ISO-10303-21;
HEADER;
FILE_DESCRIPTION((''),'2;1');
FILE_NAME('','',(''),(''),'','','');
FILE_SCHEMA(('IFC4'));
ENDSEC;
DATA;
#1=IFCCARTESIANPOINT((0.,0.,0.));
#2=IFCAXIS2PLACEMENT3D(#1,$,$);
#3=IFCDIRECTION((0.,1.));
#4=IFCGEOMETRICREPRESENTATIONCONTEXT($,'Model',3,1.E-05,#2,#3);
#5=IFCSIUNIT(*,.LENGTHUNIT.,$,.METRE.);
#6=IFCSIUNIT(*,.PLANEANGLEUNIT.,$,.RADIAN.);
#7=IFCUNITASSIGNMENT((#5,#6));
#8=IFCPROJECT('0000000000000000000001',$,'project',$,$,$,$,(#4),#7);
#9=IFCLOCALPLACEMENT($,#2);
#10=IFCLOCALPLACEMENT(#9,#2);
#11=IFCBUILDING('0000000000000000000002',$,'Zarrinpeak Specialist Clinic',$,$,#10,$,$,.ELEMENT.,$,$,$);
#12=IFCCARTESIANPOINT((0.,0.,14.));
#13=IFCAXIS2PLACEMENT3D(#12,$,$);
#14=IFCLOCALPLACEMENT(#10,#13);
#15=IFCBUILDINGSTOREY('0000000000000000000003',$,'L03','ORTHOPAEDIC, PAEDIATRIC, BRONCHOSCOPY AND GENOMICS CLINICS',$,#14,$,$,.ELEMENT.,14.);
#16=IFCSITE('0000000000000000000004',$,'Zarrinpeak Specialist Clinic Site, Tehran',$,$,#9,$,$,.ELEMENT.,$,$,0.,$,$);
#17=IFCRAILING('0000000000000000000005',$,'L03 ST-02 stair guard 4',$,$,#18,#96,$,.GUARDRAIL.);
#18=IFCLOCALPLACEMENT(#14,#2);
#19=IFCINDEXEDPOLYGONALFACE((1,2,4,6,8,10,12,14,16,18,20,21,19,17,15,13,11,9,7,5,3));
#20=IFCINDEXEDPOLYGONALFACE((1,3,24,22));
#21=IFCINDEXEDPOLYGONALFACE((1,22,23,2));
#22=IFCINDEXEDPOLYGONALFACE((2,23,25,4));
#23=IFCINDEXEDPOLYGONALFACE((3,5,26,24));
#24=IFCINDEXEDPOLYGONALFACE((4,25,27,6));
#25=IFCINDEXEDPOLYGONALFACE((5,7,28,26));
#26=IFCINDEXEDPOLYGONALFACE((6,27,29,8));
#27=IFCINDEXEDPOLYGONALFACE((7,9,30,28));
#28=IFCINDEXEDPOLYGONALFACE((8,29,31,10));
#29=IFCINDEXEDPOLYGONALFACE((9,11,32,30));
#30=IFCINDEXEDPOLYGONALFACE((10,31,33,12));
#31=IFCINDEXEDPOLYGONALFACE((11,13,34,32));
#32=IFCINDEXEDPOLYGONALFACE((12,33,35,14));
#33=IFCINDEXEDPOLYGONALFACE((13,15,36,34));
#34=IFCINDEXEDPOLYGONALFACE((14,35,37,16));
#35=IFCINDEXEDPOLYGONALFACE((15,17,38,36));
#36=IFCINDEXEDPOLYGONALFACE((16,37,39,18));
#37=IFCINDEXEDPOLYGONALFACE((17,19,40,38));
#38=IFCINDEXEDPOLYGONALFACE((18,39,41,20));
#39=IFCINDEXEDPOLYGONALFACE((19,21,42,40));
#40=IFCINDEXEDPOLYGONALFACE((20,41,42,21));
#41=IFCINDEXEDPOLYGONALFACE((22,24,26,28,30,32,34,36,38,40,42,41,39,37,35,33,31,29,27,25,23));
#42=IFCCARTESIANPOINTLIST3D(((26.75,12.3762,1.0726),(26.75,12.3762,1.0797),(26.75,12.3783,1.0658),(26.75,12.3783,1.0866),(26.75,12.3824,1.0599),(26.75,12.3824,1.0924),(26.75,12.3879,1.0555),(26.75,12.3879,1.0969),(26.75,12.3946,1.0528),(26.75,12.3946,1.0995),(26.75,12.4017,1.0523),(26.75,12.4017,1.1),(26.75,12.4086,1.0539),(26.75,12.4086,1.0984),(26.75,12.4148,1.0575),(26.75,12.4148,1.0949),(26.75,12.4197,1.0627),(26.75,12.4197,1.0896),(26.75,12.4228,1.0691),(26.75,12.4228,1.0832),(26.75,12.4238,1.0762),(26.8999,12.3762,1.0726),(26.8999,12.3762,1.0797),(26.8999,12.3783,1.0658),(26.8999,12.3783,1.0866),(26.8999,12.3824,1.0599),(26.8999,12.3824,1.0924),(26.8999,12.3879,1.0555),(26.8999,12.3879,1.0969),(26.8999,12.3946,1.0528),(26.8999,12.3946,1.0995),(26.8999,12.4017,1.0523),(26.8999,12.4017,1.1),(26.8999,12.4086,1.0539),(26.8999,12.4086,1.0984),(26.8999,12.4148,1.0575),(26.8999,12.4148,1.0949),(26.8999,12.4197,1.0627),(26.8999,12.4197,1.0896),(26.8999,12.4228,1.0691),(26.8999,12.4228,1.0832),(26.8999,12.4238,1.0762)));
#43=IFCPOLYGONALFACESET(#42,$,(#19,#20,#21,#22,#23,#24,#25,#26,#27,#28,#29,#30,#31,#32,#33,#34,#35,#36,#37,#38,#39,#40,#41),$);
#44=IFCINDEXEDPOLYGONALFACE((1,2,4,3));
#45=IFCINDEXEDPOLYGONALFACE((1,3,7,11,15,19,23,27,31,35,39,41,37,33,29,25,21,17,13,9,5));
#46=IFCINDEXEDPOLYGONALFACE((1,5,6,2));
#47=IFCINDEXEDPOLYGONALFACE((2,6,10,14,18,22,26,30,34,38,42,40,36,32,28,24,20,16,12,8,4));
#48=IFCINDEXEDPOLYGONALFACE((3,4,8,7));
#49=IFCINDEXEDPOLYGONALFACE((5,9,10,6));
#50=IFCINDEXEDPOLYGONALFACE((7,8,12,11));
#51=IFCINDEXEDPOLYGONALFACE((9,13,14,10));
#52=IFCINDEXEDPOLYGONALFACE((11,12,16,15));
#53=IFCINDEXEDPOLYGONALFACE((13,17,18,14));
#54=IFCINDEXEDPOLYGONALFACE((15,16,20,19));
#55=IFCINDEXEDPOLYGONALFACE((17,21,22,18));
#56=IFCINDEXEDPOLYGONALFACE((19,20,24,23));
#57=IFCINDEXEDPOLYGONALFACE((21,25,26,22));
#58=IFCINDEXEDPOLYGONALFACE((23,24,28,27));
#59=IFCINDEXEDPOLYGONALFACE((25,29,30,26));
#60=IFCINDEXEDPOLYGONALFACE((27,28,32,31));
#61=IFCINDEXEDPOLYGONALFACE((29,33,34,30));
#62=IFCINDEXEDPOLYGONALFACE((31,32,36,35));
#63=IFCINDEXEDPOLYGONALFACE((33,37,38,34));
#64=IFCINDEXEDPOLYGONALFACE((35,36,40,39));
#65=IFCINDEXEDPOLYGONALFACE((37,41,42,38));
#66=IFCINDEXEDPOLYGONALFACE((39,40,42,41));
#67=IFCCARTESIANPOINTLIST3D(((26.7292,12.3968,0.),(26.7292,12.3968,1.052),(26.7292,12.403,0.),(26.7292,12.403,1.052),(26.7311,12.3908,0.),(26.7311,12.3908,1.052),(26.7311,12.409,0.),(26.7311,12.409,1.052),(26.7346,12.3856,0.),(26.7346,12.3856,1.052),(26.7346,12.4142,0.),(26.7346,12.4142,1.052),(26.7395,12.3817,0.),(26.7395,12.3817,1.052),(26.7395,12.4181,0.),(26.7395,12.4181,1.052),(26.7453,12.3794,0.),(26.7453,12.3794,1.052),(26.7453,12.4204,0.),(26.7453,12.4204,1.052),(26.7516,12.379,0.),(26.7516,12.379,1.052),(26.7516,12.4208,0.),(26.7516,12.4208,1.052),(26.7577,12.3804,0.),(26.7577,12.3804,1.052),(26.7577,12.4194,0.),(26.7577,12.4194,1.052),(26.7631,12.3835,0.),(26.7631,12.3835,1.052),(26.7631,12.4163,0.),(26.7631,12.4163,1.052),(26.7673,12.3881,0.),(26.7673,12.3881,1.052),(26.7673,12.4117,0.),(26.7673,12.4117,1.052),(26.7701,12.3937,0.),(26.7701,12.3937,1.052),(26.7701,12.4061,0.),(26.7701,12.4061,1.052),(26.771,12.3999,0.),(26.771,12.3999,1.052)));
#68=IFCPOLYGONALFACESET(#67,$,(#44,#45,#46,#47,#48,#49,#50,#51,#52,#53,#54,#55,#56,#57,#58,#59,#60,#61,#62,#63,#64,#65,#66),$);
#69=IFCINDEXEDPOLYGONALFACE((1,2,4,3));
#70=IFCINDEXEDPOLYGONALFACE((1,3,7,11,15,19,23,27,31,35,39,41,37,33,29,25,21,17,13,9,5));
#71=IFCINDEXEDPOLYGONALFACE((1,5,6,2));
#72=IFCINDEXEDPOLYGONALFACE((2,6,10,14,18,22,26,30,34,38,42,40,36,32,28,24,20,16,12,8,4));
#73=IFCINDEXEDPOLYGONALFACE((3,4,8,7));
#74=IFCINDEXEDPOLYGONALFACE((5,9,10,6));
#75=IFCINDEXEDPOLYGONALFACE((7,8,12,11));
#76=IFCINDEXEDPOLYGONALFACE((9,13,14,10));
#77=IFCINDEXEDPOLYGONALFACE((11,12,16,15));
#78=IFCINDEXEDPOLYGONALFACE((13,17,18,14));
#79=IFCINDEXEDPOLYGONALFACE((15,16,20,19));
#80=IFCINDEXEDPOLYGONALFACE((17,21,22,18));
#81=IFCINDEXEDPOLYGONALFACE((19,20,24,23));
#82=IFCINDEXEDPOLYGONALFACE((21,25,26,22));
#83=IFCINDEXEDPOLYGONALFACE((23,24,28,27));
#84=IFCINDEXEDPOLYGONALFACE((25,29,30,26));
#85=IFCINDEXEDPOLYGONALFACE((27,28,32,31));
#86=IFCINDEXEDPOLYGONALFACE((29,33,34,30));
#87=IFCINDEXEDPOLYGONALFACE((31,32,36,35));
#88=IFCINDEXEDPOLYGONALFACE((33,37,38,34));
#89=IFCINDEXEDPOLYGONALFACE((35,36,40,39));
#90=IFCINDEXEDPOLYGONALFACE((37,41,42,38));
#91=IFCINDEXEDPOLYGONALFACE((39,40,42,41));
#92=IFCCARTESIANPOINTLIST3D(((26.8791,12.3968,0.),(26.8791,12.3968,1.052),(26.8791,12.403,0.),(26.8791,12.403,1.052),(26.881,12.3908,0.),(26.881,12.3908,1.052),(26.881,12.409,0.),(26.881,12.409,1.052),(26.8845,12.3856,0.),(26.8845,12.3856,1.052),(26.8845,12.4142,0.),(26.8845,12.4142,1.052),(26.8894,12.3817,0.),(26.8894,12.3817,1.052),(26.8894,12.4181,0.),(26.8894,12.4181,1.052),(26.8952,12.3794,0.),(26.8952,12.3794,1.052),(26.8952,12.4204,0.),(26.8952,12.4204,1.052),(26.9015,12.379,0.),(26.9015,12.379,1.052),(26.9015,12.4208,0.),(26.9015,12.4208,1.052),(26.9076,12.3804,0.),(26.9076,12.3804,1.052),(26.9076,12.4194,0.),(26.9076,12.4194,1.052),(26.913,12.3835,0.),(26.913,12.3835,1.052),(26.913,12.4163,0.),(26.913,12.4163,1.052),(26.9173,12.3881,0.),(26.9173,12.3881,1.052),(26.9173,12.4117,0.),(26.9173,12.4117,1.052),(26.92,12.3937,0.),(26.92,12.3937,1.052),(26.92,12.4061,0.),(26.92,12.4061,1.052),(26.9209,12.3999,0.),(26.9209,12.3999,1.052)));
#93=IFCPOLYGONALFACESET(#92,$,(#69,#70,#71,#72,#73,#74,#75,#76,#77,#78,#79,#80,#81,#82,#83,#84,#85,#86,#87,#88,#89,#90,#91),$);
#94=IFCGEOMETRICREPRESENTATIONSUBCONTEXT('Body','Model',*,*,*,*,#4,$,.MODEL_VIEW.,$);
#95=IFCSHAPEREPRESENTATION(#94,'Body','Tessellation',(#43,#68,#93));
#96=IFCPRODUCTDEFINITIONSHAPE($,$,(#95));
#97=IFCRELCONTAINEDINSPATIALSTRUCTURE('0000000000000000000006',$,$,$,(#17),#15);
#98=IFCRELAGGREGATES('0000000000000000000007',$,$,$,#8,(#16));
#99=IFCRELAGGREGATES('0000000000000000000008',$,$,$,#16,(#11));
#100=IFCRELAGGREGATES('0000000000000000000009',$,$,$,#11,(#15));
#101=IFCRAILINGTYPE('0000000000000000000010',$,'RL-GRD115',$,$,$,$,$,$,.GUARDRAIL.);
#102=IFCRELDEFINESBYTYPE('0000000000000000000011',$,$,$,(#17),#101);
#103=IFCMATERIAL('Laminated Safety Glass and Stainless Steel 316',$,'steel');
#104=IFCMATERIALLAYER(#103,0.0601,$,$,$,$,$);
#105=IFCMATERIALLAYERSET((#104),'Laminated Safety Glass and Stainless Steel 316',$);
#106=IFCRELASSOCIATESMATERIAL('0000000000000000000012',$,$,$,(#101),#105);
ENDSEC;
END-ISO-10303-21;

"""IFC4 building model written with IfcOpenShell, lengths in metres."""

from ifc_helpers import new_model, si_unit, direction, frame, origin, origin_2d, place, context, subcontext, project, spatial, circle, extrude, material, layer, layer_set, type_object, element, save


model = new_model("IFC4")

# Units and contexts
model_context = context("Model", 3, precision=1e-05, world=origin(), true_north=direction((0.0, 1.0)))
body_context = subcontext(model_context, "Body", "Model", "MODEL_VIEW")
ifc_project = project(units=[si_unit("LENGTHUNIT", "METRE"), si_unit("PLANEANGLEUNIT", "RADIAN")], contexts=[model_context])

# Site, building, storey
site_placement = place(None, origin())
site = spatial("IfcSite", under=ifc_project, at=site_placement, Name="Zarrinpeak Specialist Clinic Site, Tehran", CompositionType="ELEMENT", RefElevation=0.0)
building_placement = place(site_placement, origin())
building = spatial("IfcBuilding", under=site, at=building_placement, Name="Zarrinpeak Specialist Clinic", CompositionType="ELEMENT")
storey_placement = place(building_placement, frame((0.0, 0.0, 14.0)))
storey = spatial("IfcBuildingStorey", under=building, at=storey_placement, Name="L03", Description="ORTHOPAEDIC, PAEDIATRIC, BRONCHOSCOPY AND GENOMICS CLINICS", CompositionType="ELEMENT", Elevation=14.0)

# Railing
ifc_material_1 = material(Name="Laminated Safety Glass and Stainless Steel 316", Category="steel")
ifc_layer_1 = layer(ifc_material_1, 0.0601)
ifc_layer_set_1 = layer_set([ifc_layer_1], Name="Laminated Safety Glass and Stainless Steel 316")
railing_type_1 = type_object("IfcRailingType", Name="RL-GRD115", PredefinedType="GUARDRAIL", material=ifc_layer_set_1)
railing_1_placement = place(storey_placement, frame((26.75, 12.3999, 0.0)))
element("IfcRailing", 1, at=railing_1_placement, inside=storey, type_object=railing_type_1, Name="L03 ST-02 stair guard 4", PredefinedType="GUARDRAIL", context=body_context, shape_type="SweptSolid", body=[
    extrude(circle(Radius=0.0239, at=origin_2d()), frame((0.0, 0.0, 1.0762), z_axis=(1.0, 0.0, 0.0), x_axis=(0.0, 1.0, 0.0)), (0.0, 0.0, 1.0), 0.1499),
    extrude(circle(Radius=0.021, at=origin_2d()), origin(), (0.0, 0.0, 1.0), 1.052),
    extrude(circle(Radius=0.021, at=origin_2d()), frame((0.1499, 0.0, 0.0)), (0.0, 0.0, 1.0), 1.052),
])

save(model, "model.ifc")
